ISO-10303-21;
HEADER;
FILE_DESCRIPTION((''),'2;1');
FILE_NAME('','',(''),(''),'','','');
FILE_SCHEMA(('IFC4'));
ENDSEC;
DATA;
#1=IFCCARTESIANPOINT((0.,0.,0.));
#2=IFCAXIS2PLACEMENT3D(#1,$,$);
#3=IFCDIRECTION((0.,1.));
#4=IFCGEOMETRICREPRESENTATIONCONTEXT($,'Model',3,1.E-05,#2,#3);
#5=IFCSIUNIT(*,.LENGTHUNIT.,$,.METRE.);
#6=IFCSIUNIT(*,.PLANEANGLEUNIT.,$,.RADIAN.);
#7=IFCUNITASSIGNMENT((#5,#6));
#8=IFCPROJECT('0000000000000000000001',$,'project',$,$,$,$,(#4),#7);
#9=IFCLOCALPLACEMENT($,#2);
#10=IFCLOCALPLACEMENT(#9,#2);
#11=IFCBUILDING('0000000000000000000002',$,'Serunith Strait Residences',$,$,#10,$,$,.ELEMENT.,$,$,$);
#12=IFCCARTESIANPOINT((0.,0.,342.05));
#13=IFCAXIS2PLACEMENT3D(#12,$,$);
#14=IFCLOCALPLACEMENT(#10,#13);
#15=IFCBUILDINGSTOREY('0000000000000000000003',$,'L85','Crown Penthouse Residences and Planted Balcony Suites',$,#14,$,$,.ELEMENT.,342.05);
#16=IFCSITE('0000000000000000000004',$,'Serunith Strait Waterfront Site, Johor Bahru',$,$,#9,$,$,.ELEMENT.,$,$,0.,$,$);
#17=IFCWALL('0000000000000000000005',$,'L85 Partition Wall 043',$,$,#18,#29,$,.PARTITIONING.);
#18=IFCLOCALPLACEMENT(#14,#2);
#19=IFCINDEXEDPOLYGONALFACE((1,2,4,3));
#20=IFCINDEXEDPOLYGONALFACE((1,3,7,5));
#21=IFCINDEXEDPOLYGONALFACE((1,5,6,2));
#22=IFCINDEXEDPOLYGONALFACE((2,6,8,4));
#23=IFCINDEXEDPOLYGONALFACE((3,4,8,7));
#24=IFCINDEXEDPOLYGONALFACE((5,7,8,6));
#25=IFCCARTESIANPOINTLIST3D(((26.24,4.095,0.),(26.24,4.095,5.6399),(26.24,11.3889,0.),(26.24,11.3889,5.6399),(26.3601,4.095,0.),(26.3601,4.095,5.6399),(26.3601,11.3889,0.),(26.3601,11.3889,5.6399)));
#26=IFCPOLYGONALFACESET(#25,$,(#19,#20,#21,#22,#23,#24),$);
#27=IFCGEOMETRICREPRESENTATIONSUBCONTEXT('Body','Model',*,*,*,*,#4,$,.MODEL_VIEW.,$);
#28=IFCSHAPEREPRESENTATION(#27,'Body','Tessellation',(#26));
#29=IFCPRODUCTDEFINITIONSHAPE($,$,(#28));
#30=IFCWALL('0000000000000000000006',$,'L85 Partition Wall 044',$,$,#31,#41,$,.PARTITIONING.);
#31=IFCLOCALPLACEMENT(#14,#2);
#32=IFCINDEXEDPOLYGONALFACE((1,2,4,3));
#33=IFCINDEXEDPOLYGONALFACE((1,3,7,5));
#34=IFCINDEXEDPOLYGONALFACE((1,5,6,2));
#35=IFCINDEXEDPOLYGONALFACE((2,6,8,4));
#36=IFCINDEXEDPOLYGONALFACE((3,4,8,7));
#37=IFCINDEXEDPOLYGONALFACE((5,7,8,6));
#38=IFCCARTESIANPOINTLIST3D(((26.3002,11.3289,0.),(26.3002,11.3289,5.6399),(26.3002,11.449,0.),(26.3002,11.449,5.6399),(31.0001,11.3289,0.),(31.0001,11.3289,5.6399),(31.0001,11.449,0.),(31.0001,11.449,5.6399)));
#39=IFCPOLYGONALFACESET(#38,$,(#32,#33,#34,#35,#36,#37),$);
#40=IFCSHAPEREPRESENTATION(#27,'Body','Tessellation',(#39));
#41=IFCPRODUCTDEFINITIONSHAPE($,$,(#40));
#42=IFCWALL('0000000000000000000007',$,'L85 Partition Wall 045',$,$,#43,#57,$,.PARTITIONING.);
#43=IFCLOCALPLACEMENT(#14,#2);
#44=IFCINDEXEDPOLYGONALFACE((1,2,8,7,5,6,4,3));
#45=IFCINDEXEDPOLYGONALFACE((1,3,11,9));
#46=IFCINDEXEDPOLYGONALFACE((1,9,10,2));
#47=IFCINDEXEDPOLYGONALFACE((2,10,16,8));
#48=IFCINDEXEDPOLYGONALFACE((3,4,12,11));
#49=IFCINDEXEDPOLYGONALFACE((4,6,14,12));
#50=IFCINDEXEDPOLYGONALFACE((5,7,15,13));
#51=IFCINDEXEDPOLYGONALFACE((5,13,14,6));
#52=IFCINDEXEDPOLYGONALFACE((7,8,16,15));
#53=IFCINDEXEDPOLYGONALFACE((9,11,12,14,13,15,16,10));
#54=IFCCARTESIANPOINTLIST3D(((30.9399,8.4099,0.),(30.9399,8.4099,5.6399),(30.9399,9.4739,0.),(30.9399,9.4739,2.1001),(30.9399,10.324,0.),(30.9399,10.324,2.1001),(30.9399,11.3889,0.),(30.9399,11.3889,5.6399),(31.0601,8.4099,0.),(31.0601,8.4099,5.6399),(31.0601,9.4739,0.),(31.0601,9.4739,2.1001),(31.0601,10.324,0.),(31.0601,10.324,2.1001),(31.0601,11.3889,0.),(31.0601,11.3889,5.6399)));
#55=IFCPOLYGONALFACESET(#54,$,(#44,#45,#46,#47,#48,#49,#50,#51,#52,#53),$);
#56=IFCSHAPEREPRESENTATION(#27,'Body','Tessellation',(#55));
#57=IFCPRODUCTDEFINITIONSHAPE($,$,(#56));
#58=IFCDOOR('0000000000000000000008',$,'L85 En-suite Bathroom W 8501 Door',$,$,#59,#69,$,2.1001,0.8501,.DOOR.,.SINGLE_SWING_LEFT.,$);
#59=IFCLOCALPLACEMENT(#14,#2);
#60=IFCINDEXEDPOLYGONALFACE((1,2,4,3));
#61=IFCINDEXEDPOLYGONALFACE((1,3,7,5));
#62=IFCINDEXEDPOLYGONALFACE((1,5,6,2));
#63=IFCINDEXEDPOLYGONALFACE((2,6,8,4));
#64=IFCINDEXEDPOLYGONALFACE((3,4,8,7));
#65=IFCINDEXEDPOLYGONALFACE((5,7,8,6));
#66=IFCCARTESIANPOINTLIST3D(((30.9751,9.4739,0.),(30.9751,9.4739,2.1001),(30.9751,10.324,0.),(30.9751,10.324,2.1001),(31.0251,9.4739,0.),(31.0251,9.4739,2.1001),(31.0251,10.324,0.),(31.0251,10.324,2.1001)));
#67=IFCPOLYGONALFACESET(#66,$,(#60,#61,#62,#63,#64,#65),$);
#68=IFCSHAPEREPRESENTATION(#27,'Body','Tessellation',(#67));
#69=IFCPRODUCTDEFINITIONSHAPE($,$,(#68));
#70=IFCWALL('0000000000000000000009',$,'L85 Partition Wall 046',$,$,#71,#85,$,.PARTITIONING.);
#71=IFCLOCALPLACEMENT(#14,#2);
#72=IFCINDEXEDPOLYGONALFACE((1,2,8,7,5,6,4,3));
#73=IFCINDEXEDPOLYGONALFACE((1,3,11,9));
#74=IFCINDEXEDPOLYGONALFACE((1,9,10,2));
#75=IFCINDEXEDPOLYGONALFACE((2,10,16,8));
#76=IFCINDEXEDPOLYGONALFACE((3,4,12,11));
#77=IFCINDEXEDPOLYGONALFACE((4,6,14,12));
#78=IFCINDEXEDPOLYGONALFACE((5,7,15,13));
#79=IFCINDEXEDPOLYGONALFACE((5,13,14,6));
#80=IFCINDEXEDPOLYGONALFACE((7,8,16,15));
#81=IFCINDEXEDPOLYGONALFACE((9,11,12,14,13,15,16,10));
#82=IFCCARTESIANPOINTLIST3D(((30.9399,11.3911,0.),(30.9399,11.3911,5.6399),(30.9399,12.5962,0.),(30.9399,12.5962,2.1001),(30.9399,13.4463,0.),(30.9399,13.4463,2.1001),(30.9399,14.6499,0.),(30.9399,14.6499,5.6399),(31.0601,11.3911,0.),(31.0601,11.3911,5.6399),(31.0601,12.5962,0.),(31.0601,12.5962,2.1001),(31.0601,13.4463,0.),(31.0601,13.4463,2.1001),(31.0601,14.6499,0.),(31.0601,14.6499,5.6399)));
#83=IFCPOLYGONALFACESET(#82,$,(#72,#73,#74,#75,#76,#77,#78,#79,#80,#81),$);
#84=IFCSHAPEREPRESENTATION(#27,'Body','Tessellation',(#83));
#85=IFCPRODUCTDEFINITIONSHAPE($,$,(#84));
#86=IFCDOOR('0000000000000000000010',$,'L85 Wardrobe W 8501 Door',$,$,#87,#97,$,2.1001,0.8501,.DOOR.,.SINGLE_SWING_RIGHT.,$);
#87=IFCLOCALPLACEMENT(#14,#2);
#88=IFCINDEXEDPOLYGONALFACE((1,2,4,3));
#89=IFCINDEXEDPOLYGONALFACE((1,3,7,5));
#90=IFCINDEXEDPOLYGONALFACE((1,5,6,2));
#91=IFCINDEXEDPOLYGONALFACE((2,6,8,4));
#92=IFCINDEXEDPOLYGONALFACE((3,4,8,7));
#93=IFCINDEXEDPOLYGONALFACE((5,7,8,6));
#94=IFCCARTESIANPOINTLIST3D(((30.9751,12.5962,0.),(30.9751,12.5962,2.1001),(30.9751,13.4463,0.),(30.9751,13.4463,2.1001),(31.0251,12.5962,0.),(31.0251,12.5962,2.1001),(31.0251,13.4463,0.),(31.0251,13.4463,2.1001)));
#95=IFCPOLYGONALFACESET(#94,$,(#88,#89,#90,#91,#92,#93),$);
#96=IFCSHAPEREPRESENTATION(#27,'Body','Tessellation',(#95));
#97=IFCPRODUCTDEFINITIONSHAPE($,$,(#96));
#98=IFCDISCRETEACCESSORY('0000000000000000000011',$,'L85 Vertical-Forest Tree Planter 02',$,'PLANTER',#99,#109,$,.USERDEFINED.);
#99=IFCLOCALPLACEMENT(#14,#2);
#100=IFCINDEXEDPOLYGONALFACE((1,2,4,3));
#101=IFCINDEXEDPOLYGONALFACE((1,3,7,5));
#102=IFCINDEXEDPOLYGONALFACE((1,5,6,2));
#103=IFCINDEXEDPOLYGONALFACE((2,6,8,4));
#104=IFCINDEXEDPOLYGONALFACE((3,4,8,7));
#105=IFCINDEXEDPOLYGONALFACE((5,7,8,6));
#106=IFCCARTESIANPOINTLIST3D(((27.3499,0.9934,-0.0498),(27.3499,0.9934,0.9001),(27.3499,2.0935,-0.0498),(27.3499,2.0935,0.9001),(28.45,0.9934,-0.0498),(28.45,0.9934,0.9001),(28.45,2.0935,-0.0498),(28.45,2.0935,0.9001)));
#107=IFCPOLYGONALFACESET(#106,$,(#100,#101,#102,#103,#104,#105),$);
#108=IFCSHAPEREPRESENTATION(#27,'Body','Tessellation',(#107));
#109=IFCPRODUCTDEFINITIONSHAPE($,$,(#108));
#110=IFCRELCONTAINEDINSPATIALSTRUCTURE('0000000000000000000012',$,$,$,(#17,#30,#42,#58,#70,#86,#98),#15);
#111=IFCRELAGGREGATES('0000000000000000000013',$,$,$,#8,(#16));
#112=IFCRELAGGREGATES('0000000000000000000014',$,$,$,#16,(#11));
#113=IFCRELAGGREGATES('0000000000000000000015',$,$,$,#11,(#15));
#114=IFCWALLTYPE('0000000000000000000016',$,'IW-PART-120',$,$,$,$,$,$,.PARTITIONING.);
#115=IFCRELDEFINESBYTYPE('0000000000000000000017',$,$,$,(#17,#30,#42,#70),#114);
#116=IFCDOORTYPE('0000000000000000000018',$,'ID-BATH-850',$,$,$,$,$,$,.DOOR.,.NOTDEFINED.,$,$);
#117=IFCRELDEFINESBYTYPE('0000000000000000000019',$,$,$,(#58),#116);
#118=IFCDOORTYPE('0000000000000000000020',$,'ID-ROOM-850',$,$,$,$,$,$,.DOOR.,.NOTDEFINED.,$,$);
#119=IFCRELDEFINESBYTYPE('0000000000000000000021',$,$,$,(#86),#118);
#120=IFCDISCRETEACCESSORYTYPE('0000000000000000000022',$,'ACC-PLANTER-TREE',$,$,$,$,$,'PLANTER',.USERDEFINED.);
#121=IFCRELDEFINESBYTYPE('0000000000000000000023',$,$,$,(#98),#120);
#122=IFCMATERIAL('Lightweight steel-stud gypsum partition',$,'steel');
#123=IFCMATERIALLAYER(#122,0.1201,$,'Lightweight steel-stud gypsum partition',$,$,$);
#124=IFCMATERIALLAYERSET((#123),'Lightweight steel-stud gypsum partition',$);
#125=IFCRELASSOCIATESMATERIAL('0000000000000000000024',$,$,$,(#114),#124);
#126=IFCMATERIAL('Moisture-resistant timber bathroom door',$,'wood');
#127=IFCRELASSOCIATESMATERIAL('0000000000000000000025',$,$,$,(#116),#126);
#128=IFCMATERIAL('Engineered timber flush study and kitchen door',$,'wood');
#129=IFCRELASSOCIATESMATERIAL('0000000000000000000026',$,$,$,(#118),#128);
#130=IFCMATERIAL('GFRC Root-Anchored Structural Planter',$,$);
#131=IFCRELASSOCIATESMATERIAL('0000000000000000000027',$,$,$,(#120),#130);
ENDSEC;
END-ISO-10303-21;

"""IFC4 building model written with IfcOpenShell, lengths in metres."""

from ifc_helpers import new_model, si_unit, direction, frame, frame_2d, origin, origin_2d, place, context, subcontext, project, spatial, rectangle, extrude, source, transform, mapped, material, layer, layer_set, type_object, element, fill, save


model = new_model("IFC4")

# Units and contexts
model_context = context("Model", 3, precision=1e-05, world=origin(), true_north=direction((0.0, 1.0)))
body_context = subcontext(model_context, "Body", "Model", "MODEL_VIEW")
ifc_project = project(units=[si_unit("LENGTHUNIT", "METRE"), si_unit("PLANEANGLEUNIT", "RADIAN")], contexts=[model_context])

# Site, building, storey
site_placement = place(None, origin())
site = spatial("IfcSite", under=ifc_project, at=site_placement, Name="Serunith Strait Waterfront Site, Johor Bahru", CompositionType="ELEMENT", RefElevation=0.0)
building_placement = place(site_placement, origin())
building = spatial("IfcBuilding", under=site, at=building_placement, Name="Serunith Strait Residences", CompositionType="ELEMENT")
storey_placement = place(building_placement, frame((0.0, 0.0, 342.05)))
storey = spatial("IfcBuildingStorey", under=building, at=storey_placement, Name="L85", Description="Crown Penthouse Residences and Planted Balcony Suites", CompositionType="ELEMENT", Elevation=342.05)

# Shared definitions
ifc_material_1 = material(Name="Lightweight steel-stud gypsum partition", Category="steel")
ifc_layer_1 = layer(ifc_material_1, 0.1201, Name="Lightweight steel-stud gypsum partition")
ifc_layer_set_1 = layer_set([ifc_layer_1], Name="Lightweight steel-stud gypsum partition")
wall_type_1 = type_object("IfcWallType", Name="IW-PART-120", PredefinedType="PARTITIONING", material=ifc_layer_set_1)

# Walls
wall_1_placement = place(storey_placement, frame((26.3, 4.095, 0.0), z_axis=(0.0, 0.0, 1.0), x_axis=(0.0, 1.0, 0.0)))
element("IfcWall", 1, at=wall_1_placement, inside=storey, type_object=wall_type_1, Name="L85 Partition Wall 043", PredefinedType="PARTITIONING", context=body_context, shape_type="SweptSolid", body=[
    extrude(rectangle(XDim=7.2939, YDim=0.1201, at=frame_2d((3.647, 0.0))), origin(), (0.0, 0.0, 1.0), 5.6399),
])
wall_2_placement = place(storey_placement, frame((26.3, 11.3889, 0.0), z_axis=(0.0, 0.0, 1.0), x_axis=(1.0, 0.0, 0.0)))
element("IfcWall", 2, at=wall_2_placement, inside=storey, type_object=wall_type_1, Name="L85 Partition Wall 044", PredefinedType="PARTITIONING", context=body_context, shape_type="SweptSolid", body=[
    extrude(rectangle(XDim=4.7, YDim=0.1201, at=frame_2d((2.3501, 0.0))), origin(), (0.0, 0.0, 1.0), 5.6399),
])

# Walls, openings, doors
wall_3_placement = place(storey_placement, frame((31.0, 8.4099, 0.0), z_axis=(0.0, 0.0, 1.0), x_axis=(0.0, 1.0, 0.0)))
wall_3 = element("IfcWall", 3, at=wall_3_placement, inside=storey, type_object=wall_type_1, Name="L85 Partition Wall 045", PredefinedType="PARTITIONING", context=body_context, shape_type="SweptSolid", body=[
    extrude(rectangle(XDim=2.979, YDim=0.1201, at=frame_2d((1.4895, 0.0))), origin(), (0.0, 0.0, 1.0), 5.6399),
])
opening_1_placement = place(wall_3_placement, frame((1.064, 0.0, 0.0)))
opening_1 = element("IfcOpeningElement", 4, at=opening_1_placement, cuts=wall_3, PredefinedType="OPENING", context=body_context, shape_type="SweptSolid", body=[
    extrude(rectangle(XDim=0.8501, YDim=2.1001, at=frame_2d((0.425, 1.05))), frame((0.0, 0.0701, 0.0), z_axis=(0.0, -1.0, 0.0), x_axis=(1.0, 0.0, 0.0)), (0.0, 0.0, 1.0), 0.1401),
])
ifc_material_2 = material(Name="Moisture-resistant timber bathroom door", Category="wood")
door_type_1 = type_object("IfcDoorType", Name="ID-BATH-850", OperationType="NOTDEFINED", PredefinedType="DOOR", material=ifc_material_2)
shared_shape_1 = source(origin(), body_context, "Body", "SweptSolid", [
    extrude(rectangle(XDim=0.8501, YDim=2.1001, at=frame_2d((0.425, 1.05))), frame((0.0, 0.0249, 0.0), z_axis=(0.0, -1.0, 0.0), x_axis=(1.0, 0.0, 0.0)), (0.0, 0.0, 1.0), 0.05),
])
door_1_placement = place(opening_1_placement, origin())
door_1 = element("IfcDoor", 5, at=door_1_placement, inside=storey, type_object=door_type_1, Name="L85 En-suite Bathroom W 8501 Door", OperationType="SINGLE_SWING_LEFT", OverallHeight=2.1001, OverallWidth=0.8501, PredefinedType="DOOR", context=body_context, shape_type="MappedRepresentation", body=[
    mapped(shared_shape_1, transform((0.0, 0.0, 0.0), scale=1.0)),
])
fill(opening_1, door_1)
wall_4_placement = place(storey_placement, frame((31.0, 11.3911, 0.0), z_axis=(0.0, 0.0, 1.0), x_axis=(0.0, 1.0, 0.0)))
wall_4 = element("IfcWall", 6, at=wall_4_placement, inside=storey, type_object=wall_type_1, Name="L85 Partition Wall 046", PredefinedType="PARTITIONING", context=body_context, shape_type="SweptSolid", body=[
    extrude(rectangle(XDim=3.2588, YDim=0.1201, at=frame_2d((1.6294, 0.0))), origin(), (0.0, 0.0, 1.0), 5.6399),
])
opening_2_placement = place(wall_4_placement, frame((1.2051, 0.0, 0.0)))
opening_2 = element("IfcOpeningElement", 7, at=opening_2_placement, cuts=wall_4, PredefinedType="OPENING", context=body_context, shape_type="SweptSolid", body=[
    extrude(rectangle(XDim=0.8501, YDim=2.1001, at=frame_2d((0.425, 1.05))), frame((0.0, 0.0701, 0.0), z_axis=(0.0, -1.0, 0.0), x_axis=(1.0, 0.0, 0.0)), (0.0, 0.0, 1.0), 0.1401),
])
ifc_material_3 = material(Name="Engineered timber flush study and kitchen door", Category="wood")
door_type_2 = type_object("IfcDoorType", Name="ID-ROOM-850", OperationType="NOTDEFINED", PredefinedType="DOOR", material=ifc_material_3)
door_2_placement = place(opening_2_placement, origin())
door_2 = element("IfcDoor", 8, at=door_2_placement, inside=storey, type_object=door_type_2, Name="L85 Wardrobe W 8501 Door", OperationType="SINGLE_SWING_RIGHT", OverallHeight=2.1001, OverallWidth=0.8501, PredefinedType="DOOR", context=body_context, shape_type="MappedRepresentation", body=[
    mapped(shared_shape_1, transform((0.0, 0.0, 0.0), scale=1.0)),
])
fill(opening_2, door_2)

# Discrete accessory
ifc_material_4 = material(Name="GFRC Root-Anchored Structural Planter")
discrete_accessory_type = type_object("IfcDiscreteAccessoryType", Name="ACC-PLANTER-TREE", ElementType="PLANTER", PredefinedType="USERDEFINED", material=ifc_material_4)
shared_shape_2 = source(origin(), body_context, "Body", "SweptSolid", [
    extrude(rectangle(XDim=1.1001, YDim=1.1001, at=origin_2d()), origin(), (0.0, 0.0, 1.0), 0.95),
])
discrete_accessory_placement = place(storey_placement, frame((27.8999, 1.5435, -0.0498), z_axis=(0.0, 0.0, 1.0), x_axis=(1.0, 0.0, 0.0)))
element("IfcDiscreteAccessory", 9, at=discrete_accessory_placement, inside=storey, type_object=discrete_accessory_type, Name="L85 Vertical-Forest Tree Planter 02", ObjectType="PLANTER", PredefinedType="USERDEFINED", context=body_context, shape_type="MappedRepresentation", body=[
    mapped(shared_shape_2, transform((0.0, 0.0, 0.0), scale=1.0)),
])

save(model, "model.ifc")
